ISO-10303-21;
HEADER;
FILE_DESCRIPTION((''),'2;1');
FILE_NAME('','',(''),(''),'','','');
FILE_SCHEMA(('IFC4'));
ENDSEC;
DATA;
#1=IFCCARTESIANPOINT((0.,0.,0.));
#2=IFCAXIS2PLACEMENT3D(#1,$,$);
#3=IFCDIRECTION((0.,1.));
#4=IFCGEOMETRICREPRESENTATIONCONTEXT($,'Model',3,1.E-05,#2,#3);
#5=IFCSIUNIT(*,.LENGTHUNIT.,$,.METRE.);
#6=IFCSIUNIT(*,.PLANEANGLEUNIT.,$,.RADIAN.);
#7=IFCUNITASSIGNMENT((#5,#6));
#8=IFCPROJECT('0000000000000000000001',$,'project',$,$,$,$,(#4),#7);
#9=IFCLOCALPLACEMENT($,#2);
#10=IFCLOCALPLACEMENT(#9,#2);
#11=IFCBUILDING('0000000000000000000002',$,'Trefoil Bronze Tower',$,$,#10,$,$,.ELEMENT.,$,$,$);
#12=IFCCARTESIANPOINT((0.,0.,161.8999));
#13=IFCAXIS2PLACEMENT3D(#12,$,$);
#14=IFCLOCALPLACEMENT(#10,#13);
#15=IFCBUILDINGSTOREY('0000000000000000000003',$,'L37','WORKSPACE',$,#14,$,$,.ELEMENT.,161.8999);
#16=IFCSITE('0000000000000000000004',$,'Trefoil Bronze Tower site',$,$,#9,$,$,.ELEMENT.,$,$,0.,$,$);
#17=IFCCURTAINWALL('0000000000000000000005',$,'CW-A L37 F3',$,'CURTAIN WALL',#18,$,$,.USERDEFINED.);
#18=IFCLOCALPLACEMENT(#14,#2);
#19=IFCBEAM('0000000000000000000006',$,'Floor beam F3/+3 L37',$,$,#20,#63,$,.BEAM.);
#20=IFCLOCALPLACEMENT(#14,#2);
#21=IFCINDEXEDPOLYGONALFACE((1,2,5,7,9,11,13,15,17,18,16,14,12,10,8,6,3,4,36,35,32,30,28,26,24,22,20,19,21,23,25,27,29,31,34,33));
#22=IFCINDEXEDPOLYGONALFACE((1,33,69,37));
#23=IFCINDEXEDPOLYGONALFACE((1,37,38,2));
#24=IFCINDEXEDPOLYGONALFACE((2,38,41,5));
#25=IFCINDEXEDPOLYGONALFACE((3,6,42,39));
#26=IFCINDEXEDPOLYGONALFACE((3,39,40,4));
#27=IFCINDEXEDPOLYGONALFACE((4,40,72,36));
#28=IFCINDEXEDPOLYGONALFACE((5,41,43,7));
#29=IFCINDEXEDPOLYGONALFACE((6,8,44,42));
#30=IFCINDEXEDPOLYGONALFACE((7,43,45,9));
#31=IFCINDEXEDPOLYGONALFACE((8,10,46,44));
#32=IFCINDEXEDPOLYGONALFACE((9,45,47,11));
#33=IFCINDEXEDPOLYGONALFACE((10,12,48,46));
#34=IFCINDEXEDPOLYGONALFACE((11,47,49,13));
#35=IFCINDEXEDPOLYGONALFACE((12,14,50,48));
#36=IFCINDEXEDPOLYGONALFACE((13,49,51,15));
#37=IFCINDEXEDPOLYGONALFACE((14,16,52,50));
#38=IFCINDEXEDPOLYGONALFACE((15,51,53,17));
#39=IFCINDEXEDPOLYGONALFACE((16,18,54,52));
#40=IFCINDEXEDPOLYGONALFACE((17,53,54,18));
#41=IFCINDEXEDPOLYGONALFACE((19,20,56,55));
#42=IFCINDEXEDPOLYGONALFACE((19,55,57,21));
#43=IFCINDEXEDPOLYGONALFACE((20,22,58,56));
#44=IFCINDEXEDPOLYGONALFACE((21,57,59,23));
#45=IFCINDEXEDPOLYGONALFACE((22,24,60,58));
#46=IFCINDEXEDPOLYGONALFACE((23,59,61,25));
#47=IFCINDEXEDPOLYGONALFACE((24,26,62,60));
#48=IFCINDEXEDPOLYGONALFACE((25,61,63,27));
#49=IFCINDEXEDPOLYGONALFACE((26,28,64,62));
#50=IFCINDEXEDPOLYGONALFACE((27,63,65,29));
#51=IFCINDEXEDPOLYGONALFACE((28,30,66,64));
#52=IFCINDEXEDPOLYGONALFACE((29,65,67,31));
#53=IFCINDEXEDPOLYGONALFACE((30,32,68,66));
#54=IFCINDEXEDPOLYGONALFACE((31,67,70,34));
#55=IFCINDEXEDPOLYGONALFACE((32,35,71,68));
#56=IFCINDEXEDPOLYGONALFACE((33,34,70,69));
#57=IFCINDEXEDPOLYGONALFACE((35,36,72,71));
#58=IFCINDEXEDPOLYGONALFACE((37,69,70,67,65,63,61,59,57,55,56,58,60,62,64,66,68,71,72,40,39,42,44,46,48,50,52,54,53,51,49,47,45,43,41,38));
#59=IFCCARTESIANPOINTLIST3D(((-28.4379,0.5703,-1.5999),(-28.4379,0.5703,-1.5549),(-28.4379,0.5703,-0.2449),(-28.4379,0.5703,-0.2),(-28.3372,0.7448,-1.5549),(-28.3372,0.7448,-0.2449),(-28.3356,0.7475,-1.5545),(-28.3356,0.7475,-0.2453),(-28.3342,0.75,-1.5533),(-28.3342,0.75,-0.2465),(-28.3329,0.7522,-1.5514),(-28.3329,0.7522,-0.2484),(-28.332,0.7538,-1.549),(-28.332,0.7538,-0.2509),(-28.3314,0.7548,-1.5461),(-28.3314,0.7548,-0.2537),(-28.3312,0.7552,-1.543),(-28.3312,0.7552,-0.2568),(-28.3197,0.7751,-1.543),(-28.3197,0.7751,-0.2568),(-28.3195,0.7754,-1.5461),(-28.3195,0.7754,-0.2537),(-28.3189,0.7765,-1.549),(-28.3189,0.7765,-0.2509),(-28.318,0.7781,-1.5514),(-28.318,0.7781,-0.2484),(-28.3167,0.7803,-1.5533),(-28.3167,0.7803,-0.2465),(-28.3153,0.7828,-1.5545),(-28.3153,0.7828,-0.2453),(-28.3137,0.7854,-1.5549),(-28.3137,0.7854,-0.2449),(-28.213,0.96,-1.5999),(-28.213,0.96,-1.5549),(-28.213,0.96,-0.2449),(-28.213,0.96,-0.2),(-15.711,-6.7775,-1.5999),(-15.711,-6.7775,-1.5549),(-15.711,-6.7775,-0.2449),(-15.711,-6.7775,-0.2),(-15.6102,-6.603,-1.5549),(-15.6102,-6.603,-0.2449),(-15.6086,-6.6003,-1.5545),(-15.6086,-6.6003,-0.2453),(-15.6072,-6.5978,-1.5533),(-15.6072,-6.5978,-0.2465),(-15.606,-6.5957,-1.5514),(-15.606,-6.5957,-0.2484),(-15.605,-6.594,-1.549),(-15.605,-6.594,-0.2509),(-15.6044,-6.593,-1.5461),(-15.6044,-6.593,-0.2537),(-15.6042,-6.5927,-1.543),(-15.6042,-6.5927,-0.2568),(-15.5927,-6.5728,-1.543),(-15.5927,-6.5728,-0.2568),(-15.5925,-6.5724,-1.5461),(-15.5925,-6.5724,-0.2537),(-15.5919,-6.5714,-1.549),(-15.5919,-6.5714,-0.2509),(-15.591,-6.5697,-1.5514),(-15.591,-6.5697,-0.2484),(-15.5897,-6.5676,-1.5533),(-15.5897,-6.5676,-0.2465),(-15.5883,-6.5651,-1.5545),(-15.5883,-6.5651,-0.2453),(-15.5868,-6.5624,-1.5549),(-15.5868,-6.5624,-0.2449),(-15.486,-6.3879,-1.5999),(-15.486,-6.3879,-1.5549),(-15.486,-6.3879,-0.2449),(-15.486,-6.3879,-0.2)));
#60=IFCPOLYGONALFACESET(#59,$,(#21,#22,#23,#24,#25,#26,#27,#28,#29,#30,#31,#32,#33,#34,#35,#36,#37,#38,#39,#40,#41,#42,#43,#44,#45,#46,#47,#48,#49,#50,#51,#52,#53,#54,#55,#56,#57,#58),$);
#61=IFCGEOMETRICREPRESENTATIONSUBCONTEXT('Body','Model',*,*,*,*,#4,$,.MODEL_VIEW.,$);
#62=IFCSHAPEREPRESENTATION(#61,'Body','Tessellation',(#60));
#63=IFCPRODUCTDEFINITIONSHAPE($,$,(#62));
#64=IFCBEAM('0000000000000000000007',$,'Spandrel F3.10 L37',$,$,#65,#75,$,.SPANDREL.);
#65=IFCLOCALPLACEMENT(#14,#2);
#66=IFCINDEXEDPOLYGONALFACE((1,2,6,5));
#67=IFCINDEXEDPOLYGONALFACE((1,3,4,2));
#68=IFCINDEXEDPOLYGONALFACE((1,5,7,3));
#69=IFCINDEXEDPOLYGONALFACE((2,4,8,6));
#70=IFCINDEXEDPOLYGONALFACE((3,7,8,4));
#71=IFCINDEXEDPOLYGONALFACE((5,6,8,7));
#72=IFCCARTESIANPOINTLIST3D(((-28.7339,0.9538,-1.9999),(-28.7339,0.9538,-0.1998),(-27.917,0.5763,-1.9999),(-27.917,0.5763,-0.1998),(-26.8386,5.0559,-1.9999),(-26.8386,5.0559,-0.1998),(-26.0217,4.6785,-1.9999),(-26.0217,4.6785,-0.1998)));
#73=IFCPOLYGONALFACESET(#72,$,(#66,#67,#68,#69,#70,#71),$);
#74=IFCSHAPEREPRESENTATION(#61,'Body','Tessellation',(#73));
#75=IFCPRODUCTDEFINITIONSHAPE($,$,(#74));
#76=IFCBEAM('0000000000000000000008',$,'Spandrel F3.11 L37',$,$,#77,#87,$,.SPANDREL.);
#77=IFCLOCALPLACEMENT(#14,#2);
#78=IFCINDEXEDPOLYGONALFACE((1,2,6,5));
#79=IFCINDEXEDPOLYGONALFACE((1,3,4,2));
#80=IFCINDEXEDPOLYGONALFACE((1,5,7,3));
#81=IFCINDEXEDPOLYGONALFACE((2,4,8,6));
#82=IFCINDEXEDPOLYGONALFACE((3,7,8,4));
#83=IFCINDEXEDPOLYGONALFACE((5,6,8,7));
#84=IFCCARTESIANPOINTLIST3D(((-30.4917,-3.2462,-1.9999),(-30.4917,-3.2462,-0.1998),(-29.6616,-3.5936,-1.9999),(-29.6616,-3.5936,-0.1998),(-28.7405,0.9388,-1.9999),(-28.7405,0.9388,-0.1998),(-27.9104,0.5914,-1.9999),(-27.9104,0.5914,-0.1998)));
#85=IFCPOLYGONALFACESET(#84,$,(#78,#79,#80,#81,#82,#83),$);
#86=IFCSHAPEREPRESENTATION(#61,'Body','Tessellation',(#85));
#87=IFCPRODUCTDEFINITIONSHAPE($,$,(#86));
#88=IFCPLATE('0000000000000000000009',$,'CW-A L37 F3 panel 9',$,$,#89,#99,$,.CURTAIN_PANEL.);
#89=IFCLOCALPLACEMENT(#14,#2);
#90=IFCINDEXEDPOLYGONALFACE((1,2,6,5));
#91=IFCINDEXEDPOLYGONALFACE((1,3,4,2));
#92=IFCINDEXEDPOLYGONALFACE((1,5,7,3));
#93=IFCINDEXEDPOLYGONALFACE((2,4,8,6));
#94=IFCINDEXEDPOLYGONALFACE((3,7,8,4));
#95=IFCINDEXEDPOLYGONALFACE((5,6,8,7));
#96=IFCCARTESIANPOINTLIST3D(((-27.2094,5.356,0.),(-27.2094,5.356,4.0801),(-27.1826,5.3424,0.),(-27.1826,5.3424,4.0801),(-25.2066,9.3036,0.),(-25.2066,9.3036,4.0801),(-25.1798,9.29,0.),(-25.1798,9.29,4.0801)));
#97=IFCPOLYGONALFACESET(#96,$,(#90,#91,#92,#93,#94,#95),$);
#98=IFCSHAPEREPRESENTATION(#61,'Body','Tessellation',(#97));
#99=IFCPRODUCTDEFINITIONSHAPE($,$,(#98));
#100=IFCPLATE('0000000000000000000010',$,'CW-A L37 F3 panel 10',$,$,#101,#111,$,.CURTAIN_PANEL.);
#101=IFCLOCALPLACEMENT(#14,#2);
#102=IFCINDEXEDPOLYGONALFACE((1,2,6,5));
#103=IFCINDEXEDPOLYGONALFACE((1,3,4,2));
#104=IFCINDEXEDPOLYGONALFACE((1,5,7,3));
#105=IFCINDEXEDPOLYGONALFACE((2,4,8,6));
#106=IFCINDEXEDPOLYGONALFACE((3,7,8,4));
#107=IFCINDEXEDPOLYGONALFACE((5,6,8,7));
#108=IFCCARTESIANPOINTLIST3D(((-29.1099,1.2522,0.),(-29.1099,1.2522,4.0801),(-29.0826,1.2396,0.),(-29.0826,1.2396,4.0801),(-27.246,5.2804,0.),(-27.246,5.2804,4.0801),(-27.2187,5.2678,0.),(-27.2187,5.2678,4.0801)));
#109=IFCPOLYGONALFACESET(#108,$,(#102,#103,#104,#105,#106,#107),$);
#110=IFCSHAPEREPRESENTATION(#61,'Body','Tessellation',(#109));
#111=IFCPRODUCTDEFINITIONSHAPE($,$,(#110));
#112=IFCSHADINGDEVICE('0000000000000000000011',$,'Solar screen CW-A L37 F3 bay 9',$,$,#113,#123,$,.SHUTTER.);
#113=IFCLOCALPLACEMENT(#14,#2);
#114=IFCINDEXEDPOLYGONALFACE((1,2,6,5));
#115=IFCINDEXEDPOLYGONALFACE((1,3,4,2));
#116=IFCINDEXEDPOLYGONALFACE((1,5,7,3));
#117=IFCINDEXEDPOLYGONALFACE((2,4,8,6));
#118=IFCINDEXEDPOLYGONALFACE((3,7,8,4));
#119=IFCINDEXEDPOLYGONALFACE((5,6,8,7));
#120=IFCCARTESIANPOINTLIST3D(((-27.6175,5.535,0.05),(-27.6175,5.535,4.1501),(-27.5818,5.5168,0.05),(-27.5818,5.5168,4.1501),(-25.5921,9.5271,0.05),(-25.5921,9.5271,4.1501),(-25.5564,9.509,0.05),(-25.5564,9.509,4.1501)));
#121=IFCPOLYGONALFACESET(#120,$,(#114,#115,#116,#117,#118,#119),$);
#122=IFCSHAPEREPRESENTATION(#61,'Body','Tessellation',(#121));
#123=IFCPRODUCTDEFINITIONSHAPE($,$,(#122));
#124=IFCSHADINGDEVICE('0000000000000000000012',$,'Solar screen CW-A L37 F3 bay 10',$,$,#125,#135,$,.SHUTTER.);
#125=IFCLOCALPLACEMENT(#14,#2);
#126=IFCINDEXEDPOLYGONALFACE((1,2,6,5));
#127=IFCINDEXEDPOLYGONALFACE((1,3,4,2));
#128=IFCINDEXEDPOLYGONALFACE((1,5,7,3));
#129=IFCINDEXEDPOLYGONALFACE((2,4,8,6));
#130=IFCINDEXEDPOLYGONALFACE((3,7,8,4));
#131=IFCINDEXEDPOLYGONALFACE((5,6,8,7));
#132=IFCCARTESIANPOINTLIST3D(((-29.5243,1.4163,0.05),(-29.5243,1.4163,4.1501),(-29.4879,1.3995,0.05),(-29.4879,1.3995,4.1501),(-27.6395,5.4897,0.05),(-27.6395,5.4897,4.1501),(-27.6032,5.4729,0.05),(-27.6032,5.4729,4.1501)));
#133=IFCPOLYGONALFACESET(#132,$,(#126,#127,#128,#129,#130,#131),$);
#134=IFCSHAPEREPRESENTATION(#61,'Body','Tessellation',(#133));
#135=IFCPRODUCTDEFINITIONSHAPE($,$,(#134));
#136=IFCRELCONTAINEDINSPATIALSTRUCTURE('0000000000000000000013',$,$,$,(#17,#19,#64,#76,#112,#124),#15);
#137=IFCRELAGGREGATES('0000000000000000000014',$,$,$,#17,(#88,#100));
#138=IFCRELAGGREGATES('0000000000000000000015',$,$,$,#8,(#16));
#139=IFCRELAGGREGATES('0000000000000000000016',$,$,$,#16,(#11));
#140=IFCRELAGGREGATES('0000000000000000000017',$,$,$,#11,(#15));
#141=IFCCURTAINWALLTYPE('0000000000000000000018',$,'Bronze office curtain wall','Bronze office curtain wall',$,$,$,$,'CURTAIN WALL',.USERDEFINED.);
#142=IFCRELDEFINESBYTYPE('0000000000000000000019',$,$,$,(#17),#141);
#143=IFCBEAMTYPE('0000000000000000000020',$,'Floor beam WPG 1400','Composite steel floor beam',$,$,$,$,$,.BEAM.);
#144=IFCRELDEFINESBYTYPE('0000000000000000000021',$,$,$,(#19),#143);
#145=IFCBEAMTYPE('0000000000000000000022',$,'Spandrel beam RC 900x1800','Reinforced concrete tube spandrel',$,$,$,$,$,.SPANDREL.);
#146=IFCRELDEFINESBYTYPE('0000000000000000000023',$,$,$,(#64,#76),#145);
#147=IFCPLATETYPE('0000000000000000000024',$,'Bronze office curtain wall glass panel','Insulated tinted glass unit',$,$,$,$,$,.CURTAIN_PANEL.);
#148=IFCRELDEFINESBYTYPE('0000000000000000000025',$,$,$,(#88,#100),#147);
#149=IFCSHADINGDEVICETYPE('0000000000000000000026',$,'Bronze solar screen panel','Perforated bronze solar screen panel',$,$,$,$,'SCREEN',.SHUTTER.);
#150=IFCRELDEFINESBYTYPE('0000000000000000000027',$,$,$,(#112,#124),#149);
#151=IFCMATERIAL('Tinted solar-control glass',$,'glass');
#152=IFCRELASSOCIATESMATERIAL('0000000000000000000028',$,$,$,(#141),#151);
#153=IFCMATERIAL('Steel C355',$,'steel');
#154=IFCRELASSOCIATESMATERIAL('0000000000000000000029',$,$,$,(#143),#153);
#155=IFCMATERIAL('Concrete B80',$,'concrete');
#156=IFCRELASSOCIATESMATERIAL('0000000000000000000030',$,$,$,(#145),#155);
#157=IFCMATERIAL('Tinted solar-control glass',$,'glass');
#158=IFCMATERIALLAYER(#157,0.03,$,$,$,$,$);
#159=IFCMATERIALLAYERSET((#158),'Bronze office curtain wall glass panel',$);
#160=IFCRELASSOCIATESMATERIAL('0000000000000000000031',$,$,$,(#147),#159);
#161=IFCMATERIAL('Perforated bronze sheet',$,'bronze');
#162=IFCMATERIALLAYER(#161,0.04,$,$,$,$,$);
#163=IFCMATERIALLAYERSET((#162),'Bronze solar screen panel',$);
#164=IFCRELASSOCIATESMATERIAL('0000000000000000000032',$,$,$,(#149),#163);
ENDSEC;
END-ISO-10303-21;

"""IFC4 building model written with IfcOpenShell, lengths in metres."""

from ifc_helpers import new_model, si_unit, direction, frame, origin, origin_2d, place, context, subcontext, project, spatial, rectangle, i_section, extrude, material, layer, layer_set, material_profile, profile_set, type_object, element, aggregate, save


model = new_model("IFC4")

# Units and contexts
model_context = context("Model", 3, precision=1e-05, world=origin(), true_north=direction((0.0, 1.0)))
body_context = subcontext(model_context, "Body", "Model", "MODEL_VIEW")
ifc_project = project(units=[si_unit("LENGTHUNIT", "METRE"), si_unit("PLANEANGLEUNIT", "RADIAN")], contexts=[model_context])

# Site, building, storey
site_placement = place(None, origin())
site = spatial("IfcSite", under=ifc_project, at=site_placement, Name="Trefoil Bronze Tower site", CompositionType="ELEMENT", RefElevation=0.0)
building_placement = place(site_placement, origin())
building = spatial("IfcBuilding", under=site, at=building_placement, Name="Trefoil Bronze Tower", CompositionType="ELEMENT")
storey_placement = place(building_placement, frame((0.0, 0.0, 161.8999)))
storey = spatial("IfcBuildingStorey", under=building, at=storey_placement, Name="L37", Description="WORKSPACE", CompositionType="ELEMENT", Elevation=161.8999)

# Curtain wall
ifc_material_1 = material(Name="Tinted solar-control glass", Category="glass")
curtain_wall_type = type_object("IfcCurtainWallType", Name="Bronze office curtain wall", Description="Bronze office curtain wall", ElementType="CURTAIN WALL", PredefinedType="USERDEFINED", material=ifc_material_1)
curtain_wall_placement = place(storey_placement, origin())
curtain_wall = element("IfcCurtainWall", 1, at=curtain_wall_placement, inside=storey, type_object=curtain_wall_type, Name="CW-A L37 F3", ObjectType="CURTAIN WALL", PredefinedType="USERDEFINED")

# Beams
ifc_material_2 = material(Name="Steel C355", Category="steel")
ifc_material_profile_1 = material_profile(ifc_material_2, i_section(OverallWidth=0.45, OverallDepth=1.3999, WebThickness=0.0229, FlangeThickness=0.0449, FilletRadius=0.012, at=origin_2d()), Name="WPG 1400")
ifc_profile_set_1 = profile_set([ifc_material_profile_1], Name="Steel C355")
beam_type_1 = type_object("IfcBeamType", Name="Floor beam WPG 1400", Description="Composite steel floor beam", PredefinedType="BEAM", material=ifc_profile_set_1)
beam_1_placement = place(storey_placement, frame((-28.3254, 0.7651, -0.8999), z_axis=(0.866027, -0.499997, 0.0), x_axis=(0.499997, 0.866027, 0.0)))
element("IfcBeam", 2, at=beam_1_placement, inside=storey, type_object=beam_type_1, Name="Floor beam F3/+3 L37", PredefinedType="BEAM", context=body_context, shape_type="SweptSolid", body=[
    extrude(i_section(OverallWidth=0.45, OverallDepth=1.3999, WebThickness=0.0229, FlangeThickness=0.0449, FilletRadius=0.012, at=origin_2d()), origin(), (0.0, 0.0, 1.0), 14.6958),
])
ifc_material_3 = material(Name="Concrete B80", Category="concrete")
ifc_material_profile_2 = material_profile(ifc_material_3, rectangle(XDim=0.8999, YDim=1.8, at=origin_2d()), Name="RC 900x1800")
ifc_profile_set_2 = profile_set([ifc_material_profile_2], Name="Concrete B80")
beam_type_2 = type_object("IfcBeamType", Name="Spandrel beam RC 900x1800", Description="Reinforced concrete tube spandrel", PredefinedType="SPANDREL", material=ifc_profile_set_2)
beam_2_placement = place(storey_placement, frame((-26.4302, 4.8672, -1.0999), z_axis=(-0.419425, -0.90779, 0.0), x_axis=(0.90779, -0.419425, 0.0)))
element("IfcBeam", 3, at=beam_2_placement, inside=storey, type_object=beam_type_2, Name="Spandrel F3.10 L37", PredefinedType="SPANDREL", context=body_context, shape_type="SweptSolid", body=[
    extrude(rectangle(XDim=0.8999, YDim=1.8, at=origin_2d()), origin(), (0.0, 0.0, 1.0), 4.5188),
])
beam_3_placement = place(storey_placement, frame((-28.3254, 0.7651, -1.0999), z_axis=(-0.386013, -0.922493, 0.0), x_axis=(0.922493, -0.386013, 0.0)))
element("IfcBeam", 4, at=beam_3_placement, inside=storey, type_object=beam_type_2, Name="Spandrel F3.11 L37", PredefinedType="SPANDREL", context=body_context, shape_type="SweptSolid", body=[
    extrude(rectangle(XDim=0.8999, YDim=1.8, at=origin_2d()), origin(), (0.0, 0.0, 1.0), 4.5366),
])

# Plates
ifc_material_4 = material(Name="Tinted solar-control glass", Category="glass")
ifc_layer_1 = layer(ifc_material_4, 0.03)
ifc_layer_set_1 = layer_set([ifc_layer_1], Name="Bronze office curtain wall glass panel")
plate_type = type_object("IfcPlateType", Name="Bronze office curtain wall glass panel", Description="Insulated tinted glass unit", PredefinedType="CURTAIN_PANEL", material=ifc_layer_set_1)
plate_1_placement = place(storey_placement, frame((-26.1946, 7.323, 0.0), z_axis=(0.0, 0.0, 1.0), x_axis=(-0.452449, -0.89179, 0.0)))
plate_1 = element("IfcPlate", 5, at=plate_1_placement, type_object=plate_type, Name="CW-A L37 F3 panel 9", PredefinedType="CURTAIN_PANEL", context=body_context, shape_type="SweptSolid", body=[
    extrude(rectangle(XDim=4.4265, YDim=0.03, at=origin_2d()), origin(), (0.0, 0.0, 1.0), 4.0801),
])
plate_2_placement = place(storey_placement, frame((-28.1643, 3.26, 0.0), z_axis=(0.0, 0.0, 1.0), x_axis=(-0.419933, -0.907555, 0.0)))
plate_2 = element("IfcPlate", 6, at=plate_2_placement, type_object=plate_type, Name="CW-A L37 F3 panel 10", PredefinedType="CURTAIN_PANEL", context=body_context, shape_type="SweptSolid", body=[
    extrude(rectangle(XDim=4.4385, YDim=0.03, at=origin_2d()), origin(), (0.0, 0.0, 1.0), 4.0801),
])
aggregate(curtain_wall, [plate_1, plate_2])

# Shading devices
ifc_material_5 = material(Name="Perforated bronze sheet", Category="bronze")
ifc_layer_2 = layer(ifc_material_5, 0.04)
ifc_layer_set_2 = layer_set([ifc_layer_2], Name="Bronze solar screen panel")
shading_device_type = type_object("IfcShadingDeviceType", Name="Bronze solar screen panel", Description="Perforated bronze solar screen panel", ElementType="SCREEN", PredefinedType="SHUTTER", material=ifc_layer_set_2)
shading_device_1_placement = place(storey_placement, frame((-26.5869, 7.522, 0.05), z_axis=(0.0, 0.0, 1.0), x_axis=(-0.452449, -0.89179, 0.0)))
element("IfcShadingDevice", 7, at=shading_device_1_placement, inside=storey, type_object=shading_device_type, Name="Solar screen CW-A L37 F3 bay 9", PredefinedType="SHUTTER", context=body_context, shape_type="SweptSolid", body=[
    extrude(rectangle(XDim=4.4766, YDim=0.04, at=origin_2d()), origin(), (0.0, 0.0, 1.0), 4.1001),
])
shading_device_2_placement = place(storey_placement, frame((-28.5637, 3.4446, 0.05), z_axis=(0.0, 0.0, 1.0), x_axis=(-0.419933, -0.907555, 0.0)))
element("IfcShadingDevice", 8, at=shading_device_2_placement, inside=storey, type_object=shading_device_type, Name="Solar screen CW-A L37 F3 bay 10", PredefinedType="SHUTTER", context=body_context, shape_type="SweptSolid", body=[
    extrude(rectangle(XDim=4.4883, YDim=0.04, at=origin_2d()), origin(), (0.0, 0.0, 1.0), 4.1001),
])

save(model, "model.ifc")
